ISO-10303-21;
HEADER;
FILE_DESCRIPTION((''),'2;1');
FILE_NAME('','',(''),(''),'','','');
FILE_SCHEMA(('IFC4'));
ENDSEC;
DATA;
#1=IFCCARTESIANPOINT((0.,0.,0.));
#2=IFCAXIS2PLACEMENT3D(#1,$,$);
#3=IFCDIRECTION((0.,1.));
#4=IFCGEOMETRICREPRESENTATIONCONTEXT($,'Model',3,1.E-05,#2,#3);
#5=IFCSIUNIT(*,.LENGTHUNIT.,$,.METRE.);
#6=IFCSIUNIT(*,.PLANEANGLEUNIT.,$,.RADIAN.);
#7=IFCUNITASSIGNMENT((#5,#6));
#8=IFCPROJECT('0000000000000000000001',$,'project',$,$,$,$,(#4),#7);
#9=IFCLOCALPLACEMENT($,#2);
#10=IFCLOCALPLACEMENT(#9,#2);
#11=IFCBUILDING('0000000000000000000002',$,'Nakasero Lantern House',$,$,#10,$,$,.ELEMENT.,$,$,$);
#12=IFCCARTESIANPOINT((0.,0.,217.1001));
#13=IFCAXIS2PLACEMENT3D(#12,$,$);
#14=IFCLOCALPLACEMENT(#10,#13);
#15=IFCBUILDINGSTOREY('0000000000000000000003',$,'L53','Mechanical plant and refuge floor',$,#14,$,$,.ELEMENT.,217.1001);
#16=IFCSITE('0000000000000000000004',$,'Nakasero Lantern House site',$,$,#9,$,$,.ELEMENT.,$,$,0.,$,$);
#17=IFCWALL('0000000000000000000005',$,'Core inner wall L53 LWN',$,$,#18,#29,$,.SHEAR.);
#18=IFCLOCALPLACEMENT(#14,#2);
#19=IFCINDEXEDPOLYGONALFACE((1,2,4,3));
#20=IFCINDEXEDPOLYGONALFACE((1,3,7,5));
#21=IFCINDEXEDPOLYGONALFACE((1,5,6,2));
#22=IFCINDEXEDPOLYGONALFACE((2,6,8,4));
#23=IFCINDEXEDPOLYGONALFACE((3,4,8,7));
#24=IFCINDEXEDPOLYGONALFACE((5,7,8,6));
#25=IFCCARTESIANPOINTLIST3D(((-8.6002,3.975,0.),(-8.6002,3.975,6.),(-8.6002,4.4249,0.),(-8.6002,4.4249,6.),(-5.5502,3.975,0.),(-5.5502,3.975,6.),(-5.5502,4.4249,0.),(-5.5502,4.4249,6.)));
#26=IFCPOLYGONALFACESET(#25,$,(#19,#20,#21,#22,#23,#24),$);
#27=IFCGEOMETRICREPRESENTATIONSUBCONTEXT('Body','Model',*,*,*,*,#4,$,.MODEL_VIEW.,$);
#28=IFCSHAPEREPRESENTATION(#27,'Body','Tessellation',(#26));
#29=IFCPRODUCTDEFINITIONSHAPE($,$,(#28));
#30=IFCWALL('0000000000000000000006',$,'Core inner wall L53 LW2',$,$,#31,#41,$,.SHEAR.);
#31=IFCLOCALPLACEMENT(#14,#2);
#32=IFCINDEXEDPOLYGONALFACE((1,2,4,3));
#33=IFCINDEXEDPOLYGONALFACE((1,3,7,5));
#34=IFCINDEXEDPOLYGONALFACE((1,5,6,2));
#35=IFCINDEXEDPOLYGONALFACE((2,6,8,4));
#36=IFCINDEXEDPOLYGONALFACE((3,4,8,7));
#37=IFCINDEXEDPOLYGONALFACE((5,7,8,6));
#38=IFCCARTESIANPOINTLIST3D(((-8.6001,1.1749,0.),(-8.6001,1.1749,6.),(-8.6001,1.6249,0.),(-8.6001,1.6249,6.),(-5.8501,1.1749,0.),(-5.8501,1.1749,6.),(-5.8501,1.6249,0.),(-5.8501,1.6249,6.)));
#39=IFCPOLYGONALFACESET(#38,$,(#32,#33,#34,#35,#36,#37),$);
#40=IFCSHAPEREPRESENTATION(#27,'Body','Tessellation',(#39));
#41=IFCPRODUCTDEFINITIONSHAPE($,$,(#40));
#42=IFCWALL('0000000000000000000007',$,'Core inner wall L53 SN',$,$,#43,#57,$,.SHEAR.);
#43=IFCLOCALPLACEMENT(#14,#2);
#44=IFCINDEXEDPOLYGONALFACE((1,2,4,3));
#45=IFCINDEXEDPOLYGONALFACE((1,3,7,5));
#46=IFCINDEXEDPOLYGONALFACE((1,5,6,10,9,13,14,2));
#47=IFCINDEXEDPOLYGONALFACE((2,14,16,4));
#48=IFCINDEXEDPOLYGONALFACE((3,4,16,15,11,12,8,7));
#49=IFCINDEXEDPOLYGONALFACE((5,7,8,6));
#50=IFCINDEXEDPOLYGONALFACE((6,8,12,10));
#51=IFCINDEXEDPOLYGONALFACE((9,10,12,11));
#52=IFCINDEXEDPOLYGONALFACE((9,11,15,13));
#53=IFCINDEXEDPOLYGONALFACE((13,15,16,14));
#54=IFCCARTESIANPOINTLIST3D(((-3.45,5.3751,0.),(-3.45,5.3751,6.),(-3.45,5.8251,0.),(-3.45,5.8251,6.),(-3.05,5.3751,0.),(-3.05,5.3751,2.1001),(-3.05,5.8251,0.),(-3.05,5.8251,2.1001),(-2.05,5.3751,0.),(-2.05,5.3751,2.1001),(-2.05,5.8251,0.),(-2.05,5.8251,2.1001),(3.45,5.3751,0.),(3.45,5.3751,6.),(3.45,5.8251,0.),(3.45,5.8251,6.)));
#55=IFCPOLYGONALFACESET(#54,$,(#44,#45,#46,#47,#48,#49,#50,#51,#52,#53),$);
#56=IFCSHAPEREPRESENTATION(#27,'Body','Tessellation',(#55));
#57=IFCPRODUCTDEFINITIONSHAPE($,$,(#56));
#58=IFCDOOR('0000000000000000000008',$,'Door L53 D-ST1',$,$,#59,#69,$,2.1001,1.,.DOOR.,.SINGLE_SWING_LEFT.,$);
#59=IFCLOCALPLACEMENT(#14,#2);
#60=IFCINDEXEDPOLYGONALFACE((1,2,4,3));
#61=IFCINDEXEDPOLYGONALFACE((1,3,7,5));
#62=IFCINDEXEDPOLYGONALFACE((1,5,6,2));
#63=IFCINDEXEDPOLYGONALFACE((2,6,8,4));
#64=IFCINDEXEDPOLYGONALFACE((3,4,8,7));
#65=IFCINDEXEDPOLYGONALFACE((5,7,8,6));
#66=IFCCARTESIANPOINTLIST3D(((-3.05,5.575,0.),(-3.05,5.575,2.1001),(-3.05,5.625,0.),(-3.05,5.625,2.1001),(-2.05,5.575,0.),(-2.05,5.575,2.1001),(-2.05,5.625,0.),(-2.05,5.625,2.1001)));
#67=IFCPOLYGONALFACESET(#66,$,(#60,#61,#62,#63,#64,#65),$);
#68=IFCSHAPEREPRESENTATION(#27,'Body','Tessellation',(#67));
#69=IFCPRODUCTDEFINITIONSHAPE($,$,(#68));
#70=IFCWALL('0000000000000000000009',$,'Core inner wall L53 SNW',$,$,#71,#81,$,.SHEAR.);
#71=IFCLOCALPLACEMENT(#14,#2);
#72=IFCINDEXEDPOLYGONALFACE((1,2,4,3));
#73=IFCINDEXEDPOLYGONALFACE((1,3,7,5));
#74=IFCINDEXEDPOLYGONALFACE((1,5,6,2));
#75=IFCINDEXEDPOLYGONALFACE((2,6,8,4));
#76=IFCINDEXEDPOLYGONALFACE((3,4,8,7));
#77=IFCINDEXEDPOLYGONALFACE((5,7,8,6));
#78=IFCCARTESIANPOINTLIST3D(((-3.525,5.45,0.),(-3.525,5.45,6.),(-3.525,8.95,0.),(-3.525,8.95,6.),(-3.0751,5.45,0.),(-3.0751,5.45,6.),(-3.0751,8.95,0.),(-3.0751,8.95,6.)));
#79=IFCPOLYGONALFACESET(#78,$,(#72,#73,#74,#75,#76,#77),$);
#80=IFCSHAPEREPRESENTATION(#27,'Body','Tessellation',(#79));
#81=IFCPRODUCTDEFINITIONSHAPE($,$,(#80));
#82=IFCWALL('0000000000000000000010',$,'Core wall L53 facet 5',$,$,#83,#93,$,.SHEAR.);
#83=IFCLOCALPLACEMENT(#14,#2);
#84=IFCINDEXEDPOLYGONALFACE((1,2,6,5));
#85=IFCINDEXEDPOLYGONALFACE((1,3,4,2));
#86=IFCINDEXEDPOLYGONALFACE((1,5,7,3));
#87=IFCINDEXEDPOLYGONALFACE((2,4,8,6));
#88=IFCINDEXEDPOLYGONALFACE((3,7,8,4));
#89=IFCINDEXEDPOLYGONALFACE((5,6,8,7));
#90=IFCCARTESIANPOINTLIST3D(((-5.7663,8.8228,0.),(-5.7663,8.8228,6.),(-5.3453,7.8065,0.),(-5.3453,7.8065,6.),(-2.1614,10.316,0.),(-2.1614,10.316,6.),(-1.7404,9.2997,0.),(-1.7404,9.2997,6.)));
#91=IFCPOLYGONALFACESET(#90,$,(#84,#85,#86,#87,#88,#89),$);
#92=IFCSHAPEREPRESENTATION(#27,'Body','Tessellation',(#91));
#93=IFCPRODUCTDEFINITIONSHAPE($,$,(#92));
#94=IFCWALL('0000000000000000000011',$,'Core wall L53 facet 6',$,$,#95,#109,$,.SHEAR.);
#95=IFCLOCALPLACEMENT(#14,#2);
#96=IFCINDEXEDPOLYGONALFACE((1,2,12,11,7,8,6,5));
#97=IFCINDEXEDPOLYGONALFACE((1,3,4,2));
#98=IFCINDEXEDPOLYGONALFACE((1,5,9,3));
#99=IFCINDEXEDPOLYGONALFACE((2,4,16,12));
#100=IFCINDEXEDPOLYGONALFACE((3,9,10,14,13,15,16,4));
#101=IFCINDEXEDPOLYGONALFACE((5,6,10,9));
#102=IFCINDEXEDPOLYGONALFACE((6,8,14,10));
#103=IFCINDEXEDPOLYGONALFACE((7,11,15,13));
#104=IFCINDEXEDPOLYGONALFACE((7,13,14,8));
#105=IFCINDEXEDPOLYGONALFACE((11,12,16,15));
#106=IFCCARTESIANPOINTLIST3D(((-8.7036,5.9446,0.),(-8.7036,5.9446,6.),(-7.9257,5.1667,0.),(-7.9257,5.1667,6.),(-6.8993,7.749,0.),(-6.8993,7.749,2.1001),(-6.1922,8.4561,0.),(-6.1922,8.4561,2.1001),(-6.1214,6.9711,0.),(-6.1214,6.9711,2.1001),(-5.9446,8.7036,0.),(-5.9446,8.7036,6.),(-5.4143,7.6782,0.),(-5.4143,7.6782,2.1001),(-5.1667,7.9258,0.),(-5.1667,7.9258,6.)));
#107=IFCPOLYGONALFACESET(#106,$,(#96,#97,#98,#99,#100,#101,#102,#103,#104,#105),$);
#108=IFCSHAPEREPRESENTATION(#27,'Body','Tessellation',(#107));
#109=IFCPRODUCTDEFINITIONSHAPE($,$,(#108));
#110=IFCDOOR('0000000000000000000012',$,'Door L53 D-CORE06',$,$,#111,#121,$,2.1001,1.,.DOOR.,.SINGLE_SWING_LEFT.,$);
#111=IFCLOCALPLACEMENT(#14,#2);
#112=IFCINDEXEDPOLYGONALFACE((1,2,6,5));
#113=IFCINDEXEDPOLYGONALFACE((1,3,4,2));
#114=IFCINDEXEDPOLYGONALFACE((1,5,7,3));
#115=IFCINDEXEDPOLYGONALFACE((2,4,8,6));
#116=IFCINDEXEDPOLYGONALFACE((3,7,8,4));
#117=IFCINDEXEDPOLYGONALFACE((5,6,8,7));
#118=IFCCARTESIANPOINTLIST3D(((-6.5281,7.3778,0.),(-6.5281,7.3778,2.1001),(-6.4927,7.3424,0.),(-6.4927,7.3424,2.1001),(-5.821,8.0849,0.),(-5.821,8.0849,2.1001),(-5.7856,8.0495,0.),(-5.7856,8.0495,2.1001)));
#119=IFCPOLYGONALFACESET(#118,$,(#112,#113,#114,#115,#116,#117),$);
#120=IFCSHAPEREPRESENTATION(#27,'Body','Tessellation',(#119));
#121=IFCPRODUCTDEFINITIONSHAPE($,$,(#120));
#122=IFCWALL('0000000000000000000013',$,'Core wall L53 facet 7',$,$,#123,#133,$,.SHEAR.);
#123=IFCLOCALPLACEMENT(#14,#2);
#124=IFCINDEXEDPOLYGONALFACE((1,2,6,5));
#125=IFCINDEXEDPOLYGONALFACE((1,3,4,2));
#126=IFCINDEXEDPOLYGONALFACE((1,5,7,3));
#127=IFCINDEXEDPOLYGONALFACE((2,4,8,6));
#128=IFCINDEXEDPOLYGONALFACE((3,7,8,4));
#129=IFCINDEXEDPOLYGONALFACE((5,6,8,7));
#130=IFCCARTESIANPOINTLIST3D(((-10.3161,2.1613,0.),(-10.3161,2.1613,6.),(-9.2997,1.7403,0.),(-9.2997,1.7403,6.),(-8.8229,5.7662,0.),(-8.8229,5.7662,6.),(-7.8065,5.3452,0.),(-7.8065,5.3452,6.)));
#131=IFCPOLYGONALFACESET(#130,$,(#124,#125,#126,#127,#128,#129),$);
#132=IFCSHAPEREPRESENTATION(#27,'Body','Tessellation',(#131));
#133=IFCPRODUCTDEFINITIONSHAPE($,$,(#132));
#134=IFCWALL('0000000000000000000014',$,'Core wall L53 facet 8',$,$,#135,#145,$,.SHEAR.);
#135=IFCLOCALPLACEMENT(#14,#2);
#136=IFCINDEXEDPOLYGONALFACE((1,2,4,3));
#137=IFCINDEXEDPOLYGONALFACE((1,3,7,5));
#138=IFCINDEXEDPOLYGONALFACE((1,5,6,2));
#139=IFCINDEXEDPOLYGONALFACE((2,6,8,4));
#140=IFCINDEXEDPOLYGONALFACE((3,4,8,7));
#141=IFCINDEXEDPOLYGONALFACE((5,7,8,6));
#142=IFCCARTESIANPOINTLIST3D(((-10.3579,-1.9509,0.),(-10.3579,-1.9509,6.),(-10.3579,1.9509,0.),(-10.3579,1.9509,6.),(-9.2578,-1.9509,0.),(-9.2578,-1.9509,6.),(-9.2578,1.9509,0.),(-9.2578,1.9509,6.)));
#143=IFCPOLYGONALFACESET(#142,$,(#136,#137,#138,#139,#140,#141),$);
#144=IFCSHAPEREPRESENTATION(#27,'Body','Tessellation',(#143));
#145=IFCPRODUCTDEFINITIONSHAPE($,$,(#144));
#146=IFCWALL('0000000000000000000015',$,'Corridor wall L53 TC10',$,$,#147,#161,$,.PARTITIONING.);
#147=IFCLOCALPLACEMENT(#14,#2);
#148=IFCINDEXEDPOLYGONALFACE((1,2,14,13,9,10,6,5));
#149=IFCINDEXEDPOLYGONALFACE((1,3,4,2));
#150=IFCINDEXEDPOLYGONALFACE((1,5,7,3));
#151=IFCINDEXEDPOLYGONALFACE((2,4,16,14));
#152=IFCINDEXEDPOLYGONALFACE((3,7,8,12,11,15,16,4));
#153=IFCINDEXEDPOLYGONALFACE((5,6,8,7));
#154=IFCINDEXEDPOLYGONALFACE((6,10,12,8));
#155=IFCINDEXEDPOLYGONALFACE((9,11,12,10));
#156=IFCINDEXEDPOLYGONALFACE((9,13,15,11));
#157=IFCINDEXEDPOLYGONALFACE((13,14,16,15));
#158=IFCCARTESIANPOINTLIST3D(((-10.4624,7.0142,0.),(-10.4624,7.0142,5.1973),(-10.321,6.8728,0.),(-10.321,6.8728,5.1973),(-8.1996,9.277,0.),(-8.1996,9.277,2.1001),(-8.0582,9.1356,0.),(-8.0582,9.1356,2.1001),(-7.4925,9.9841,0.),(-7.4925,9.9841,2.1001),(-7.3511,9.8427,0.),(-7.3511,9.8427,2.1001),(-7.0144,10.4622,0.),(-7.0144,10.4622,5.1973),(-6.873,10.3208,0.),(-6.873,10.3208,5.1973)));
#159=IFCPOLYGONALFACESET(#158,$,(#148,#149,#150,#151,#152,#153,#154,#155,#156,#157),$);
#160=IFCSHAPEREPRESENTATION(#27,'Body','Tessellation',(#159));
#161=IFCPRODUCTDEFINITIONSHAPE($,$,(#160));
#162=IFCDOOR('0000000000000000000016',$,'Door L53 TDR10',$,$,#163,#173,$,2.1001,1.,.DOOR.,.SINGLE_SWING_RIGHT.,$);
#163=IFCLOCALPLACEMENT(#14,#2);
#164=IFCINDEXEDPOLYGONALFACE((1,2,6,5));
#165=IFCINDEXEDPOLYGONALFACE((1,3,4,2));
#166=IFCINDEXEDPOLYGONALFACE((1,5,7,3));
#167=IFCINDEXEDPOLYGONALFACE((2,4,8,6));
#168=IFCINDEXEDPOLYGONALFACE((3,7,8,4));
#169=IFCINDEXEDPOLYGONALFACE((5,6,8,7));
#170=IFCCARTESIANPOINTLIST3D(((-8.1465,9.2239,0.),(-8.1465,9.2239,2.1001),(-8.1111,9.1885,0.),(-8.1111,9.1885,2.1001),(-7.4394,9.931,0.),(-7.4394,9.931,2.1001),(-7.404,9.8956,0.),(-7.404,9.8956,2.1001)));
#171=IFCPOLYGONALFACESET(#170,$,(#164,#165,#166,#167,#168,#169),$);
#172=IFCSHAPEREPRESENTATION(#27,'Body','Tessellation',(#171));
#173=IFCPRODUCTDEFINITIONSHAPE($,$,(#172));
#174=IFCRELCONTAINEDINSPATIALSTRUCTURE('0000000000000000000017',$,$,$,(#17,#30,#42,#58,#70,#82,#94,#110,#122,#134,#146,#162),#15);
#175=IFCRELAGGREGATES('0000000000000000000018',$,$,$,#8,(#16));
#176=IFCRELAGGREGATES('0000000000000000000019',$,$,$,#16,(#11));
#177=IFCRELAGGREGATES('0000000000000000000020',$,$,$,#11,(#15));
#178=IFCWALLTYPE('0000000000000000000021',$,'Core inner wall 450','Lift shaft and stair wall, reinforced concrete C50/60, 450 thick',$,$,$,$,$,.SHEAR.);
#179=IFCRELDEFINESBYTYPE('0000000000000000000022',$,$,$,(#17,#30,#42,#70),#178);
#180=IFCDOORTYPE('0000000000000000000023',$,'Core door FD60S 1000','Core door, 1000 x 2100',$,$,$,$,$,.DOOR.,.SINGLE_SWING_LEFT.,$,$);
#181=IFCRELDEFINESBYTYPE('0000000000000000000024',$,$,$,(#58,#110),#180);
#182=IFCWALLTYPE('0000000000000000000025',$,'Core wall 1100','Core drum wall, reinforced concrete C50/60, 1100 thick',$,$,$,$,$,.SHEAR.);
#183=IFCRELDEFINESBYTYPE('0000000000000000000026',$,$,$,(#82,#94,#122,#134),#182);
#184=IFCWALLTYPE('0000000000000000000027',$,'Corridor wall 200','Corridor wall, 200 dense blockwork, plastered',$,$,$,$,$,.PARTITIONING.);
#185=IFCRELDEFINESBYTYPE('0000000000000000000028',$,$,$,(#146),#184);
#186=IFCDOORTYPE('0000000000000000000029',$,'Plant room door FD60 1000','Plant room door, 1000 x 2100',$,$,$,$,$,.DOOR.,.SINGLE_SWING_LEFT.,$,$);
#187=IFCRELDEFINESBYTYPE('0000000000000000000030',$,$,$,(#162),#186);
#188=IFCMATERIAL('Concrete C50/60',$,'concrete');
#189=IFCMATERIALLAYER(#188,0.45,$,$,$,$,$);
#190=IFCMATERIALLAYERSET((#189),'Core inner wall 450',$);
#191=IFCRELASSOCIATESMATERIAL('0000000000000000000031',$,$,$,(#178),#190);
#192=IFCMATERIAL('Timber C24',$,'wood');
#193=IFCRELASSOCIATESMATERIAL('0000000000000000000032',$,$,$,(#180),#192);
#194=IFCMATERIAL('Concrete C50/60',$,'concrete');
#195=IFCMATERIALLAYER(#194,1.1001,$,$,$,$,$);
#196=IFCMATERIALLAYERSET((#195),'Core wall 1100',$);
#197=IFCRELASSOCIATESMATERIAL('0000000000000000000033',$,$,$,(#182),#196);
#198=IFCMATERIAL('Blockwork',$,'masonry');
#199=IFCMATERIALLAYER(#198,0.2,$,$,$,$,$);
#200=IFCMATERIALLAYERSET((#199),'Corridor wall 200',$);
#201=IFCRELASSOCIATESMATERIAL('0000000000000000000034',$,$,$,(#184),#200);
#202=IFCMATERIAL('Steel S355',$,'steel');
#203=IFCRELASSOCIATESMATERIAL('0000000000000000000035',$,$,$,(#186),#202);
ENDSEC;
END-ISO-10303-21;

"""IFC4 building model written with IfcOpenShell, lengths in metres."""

from ifc_helpers import new_model, si_unit, direction, frame, frame_2d, origin, place, context, subcontext, project, spatial, rectangle, extrude, material, layer, layer_set, type_object, element, fill, save


model = new_model("IFC4")

# Units and contexts
model_context = context("Model", 3, precision=1e-05, world=origin(), true_north=direction((0.0, 1.0)))
body_context = subcontext(model_context, "Body", "Model", "MODEL_VIEW")
ifc_project = project(units=[si_unit("LENGTHUNIT", "METRE"), si_unit("PLANEANGLEUNIT", "RADIAN")], contexts=[model_context])

# Site, building, storey
site_placement = place(None, origin())
site = spatial("IfcSite", under=ifc_project, at=site_placement, Name="Nakasero Lantern House site", CompositionType="ELEMENT", RefElevation=0.0)
building_placement = place(site_placement, origin())
building = spatial("IfcBuilding", under=site, at=building_placement, Name="Nakasero Lantern House", CompositionType="ELEMENT")
storey_placement = place(building_placement, frame((0.0, 0.0, 217.1001)))
storey = spatial("IfcBuildingStorey", under=building, at=storey_placement, Name="L53", Description="Mechanical plant and refuge floor", CompositionType="ELEMENT", Elevation=217.1001)

# Walls
ifc_material_1 = material(Name="Concrete C50/60", Category="concrete")
ifc_layer_1 = layer(ifc_material_1, 0.45)
ifc_layer_set_1 = layer_set([ifc_layer_1], Name="Core inner wall 450")
wall_type_1 = type_object("IfcWallType", Name="Core inner wall 450", Description="Lift shaft and stair wall, reinforced concrete C50/60, 450 thick", PredefinedType="SHEAR", material=ifc_layer_set_1)
wall_1_placement = place(storey_placement, frame((-8.6001, 4.2, 0.0), z_axis=(0.0, 0.0, 1.0), x_axis=(1.0, 0.0, 0.0)))
element("IfcWall", 1, at=wall_1_placement, inside=storey, type_object=wall_type_1, Name="Core inner wall L53 LWN", PredefinedType="SHEAR", context=body_context, shape_type="SweptSolid", body=[
    extrude(rectangle(XDim=3.05, YDim=0.45, at=frame_2d((1.5249, 0.0))), origin(), (0.0, 0.0, 1.0), 6.0),
])
wall_2_placement = place(storey_placement, frame((-8.6001, 1.3999, 0.0), z_axis=(0.0, 0.0, 1.0), x_axis=(1.0, 0.0, 0.0)))
element("IfcWall", 2, at=wall_2_placement, inside=storey, type_object=wall_type_1, Name="Core inner wall L53 LW2", PredefinedType="SHEAR", context=body_context, shape_type="SweptSolid", body=[
    extrude(rectangle(XDim=2.75, YDim=0.45, at=frame_2d((1.375, 0.0))), origin(), (0.0, 0.0, 1.0), 6.0),
])

# Wall, opening, door
wall_3_placement = place(storey_placement, frame((-3.45, 5.6001, 0.0), z_axis=(0.0, 0.0, 1.0), x_axis=(1.0, 0.0, 0.0)))
wall_3 = element("IfcWall", 3, at=wall_3_placement, inside=storey, type_object=wall_type_1, Name="Core inner wall L53 SN", PredefinedType="SHEAR", context=body_context, shape_type="SweptSolid", body=[
    extrude(rectangle(XDim=6.8999, YDim=0.45, at=frame_2d((3.45, 0.0))), origin(), (0.0, 0.0, 1.0), 6.0),
])
opening_1_placement = place(wall_3_placement, frame((0.3999, 0.0, 0.0)))
opening_1 = element("IfcOpeningElement", 4, at=opening_1_placement, cuts=wall_3, PredefinedType="OPENING", context=body_context, shape_type="SweptSolid", body=[
    extrude(rectangle(XDim=1.0, YDim=2.1001, at=frame_2d((0.5, 1.05))), frame((0.0, 0.2449, 0.0), z_axis=(0.0, -1.0, 0.0), x_axis=(1.0, 0.0, 0.0)), (0.0, 0.0, 1.0), 0.49),
])
ifc_material_2 = material(Name="Timber C24", Category="wood")
door_type_1 = type_object("IfcDoorType", Name="Core door FD60S 1000", Description="Core door, 1000 x 2100", OperationType="SINGLE_SWING_LEFT", PredefinedType="DOOR", material=ifc_material_2)
door_1_placement = place(opening_1_placement, origin())
door_1 = element("IfcDoor", 5, at=door_1_placement, inside=storey, type_object=door_type_1, Name="Door L53 D-ST1", OperationType="SINGLE_SWING_LEFT", OverallHeight=2.1001, OverallWidth=1.0, PredefinedType="DOOR", context=body_context, shape_type="SweptSolid", body=[
    extrude(rectangle(XDim=1.0, YDim=2.1001, at=frame_2d((0.5, 1.05))), frame((0.0, 0.0249, 0.0), z_axis=(0.0, -1.0, 0.0), x_axis=(1.0, 0.0, 0.0)), (0.0, 0.0, 1.0), 0.05),
])
fill(opening_1, door_1)

# Walls
wall_4_placement = place(storey_placement, frame((-3.3, 5.45, 0.0), z_axis=(0.0, 0.0, 1.0), x_axis=(0.0, 1.0, 0.0)))
element("IfcWall", 6, at=wall_4_placement, inside=storey, type_object=wall_type_1, Name="Core inner wall L53 SNW", PredefinedType="SHEAR", context=body_context, shape_type="SweptSolid", body=[
    extrude(rectangle(XDim=3.5, YDim=0.45, at=frame_2d((1.75, 0.0))), origin(), (0.0, 0.0, 1.0), 6.0),
])
ifc_material_3 = material(Name="Concrete C50/60", Category="concrete")
ifc_layer_2 = layer(ifc_material_3, 1.1001)
ifc_layer_set_2 = layer_set([ifc_layer_2], Name="Core wall 1100")
wall_type_2 = type_object("IfcWallType", Name="Core wall 1100", Description="Core drum wall, reinforced concrete C50/60, 1100 thick", PredefinedType="SHEAR", material=ifc_layer_set_2)
wall_5_placement = place(storey_placement, frame((-1.9509, 9.8079, 0.0), z_axis=(0.0, 0.0, 1.0), x_axis=(-0.923877, -0.382691, 0.0)))
element("IfcWall", 7, at=wall_5_placement, inside=storey, type_object=wall_type_2, Name="Core wall L53 facet 5", PredefinedType="SHEAR", context=body_context, shape_type="SweptSolid", body=[
    extrude(rectangle(XDim=3.9019, YDim=1.1001, at=frame_2d((1.9509, 0.0))), origin(), (0.0, 0.0, 1.0), 6.0),
])

# Wall, opening, door
wall_6_placement = place(storey_placement, frame((-5.5557, 8.3147, 0.0), z_axis=(0.0, 0.0, 1.0), x_axis=(-0.707107, -0.707107, 0.0)))
wall_6 = element("IfcWall", 8, at=wall_6_placement, inside=storey, type_object=wall_type_2, Name="Core wall L53 facet 6", PredefinedType="SHEAR", context=body_context, shape_type="SweptSolid", body=[
    extrude(rectangle(XDim=3.9019, YDim=1.1001, at=frame_2d((1.9509, 0.0))), origin(), (0.0, 0.0, 1.0), 6.0),
])
opening_2_placement = place(wall_6_placement, frame((0.3501, 0.0, 0.0)))
opening_2 = element("IfcOpeningElement", 9, at=opening_2_placement, cuts=wall_6, PredefinedType="OPENING", context=body_context, shape_type="SweptSolid", body=[
    extrude(rectangle(XDim=1.0, YDim=2.1001, at=frame_2d((0.5, 1.05))), frame((0.0, 0.5701, 0.0), z_axis=(0.0, -1.0, 0.0), x_axis=(1.0, 0.0, 0.0)), (0.0, 0.0, 1.0), 1.1401),
])
door_2_placement = place(opening_2_placement, origin())
door_2 = element("IfcDoor", 10, at=door_2_placement, inside=storey, type_object=door_type_1, Name="Door L53 D-CORE06", OperationType="SINGLE_SWING_LEFT", OverallHeight=2.1001, OverallWidth=1.0, PredefinedType="DOOR", context=body_context, shape_type="SweptSolid", body=[
    extrude(rectangle(XDim=1.0, YDim=2.1001, at=frame_2d((0.5, 1.05))), frame((0.0, 0.0249, 0.0), z_axis=(0.0, -1.0, 0.0), x_axis=(1.0, 0.0, 0.0)), (0.0, 0.0, 1.0), 0.05),
])
fill(opening_2, door_2)

# Walls
for number, where, z_axis, x_axis, name in (
    (11, (-8.3147, 5.5557, 0.0), (0.0, 0.0, 1.0), (-0.382691, -0.923877, 0.0), "Core wall L53 facet 7"),
    (12, (-9.8079, 1.9509, 0.0), (0.0, 0.0, 1.0), (0.0, -1.0, 0.0), "Core wall L53 facet 8"),
):
    element("IfcWall", number, at=place(storey_placement, frame(where, z_axis=z_axis, x_axis=x_axis)), inside=storey, type_object=wall_type_2, Name=name, PredefinedType="SHEAR", context=body_context, shape_type="SweptSolid", body=[
        extrude(rectangle(XDim=3.9019, YDim=1.1001, at=frame_2d((1.9509, 0.0))), origin(), (0.0, 0.0, 1.0), 6.0),
    ])

# Wall, opening, door
ifc_material_4 = material(Name="Blockwork", Category="masonry")
ifc_layer_3 = layer(ifc_material_4, 0.2)
ifc_layer_set_3 = layer_set([ifc_layer_3], Name="Corridor wall 200")
wall_type_3 = type_object("IfcWallType", Name="Corridor wall 200", Description="Corridor wall, 200 dense blockwork, plastered", PredefinedType="PARTITIONING", material=ifc_layer_set_3)
wall_7_placement = place(storey_placement, frame((-10.3916, 6.9436, 0.0), z_axis=(0.0, 0.0, 1.0), x_axis=(0.707107, 0.707107, 0.0)))
wall_7 = element("IfcWall", 13, at=wall_7_placement, inside=storey, type_object=wall_type_3, Name="Corridor wall L53 TC10", PredefinedType="PARTITIONING", context=body_context, shape_type="SweptSolid", body=[
    extrude(rectangle(XDim=4.8762, YDim=0.2, at=frame_2d((2.438, 0.0))), origin(), (0.0, 0.0, 1.0), 5.1973),
])
opening_3_placement = place(wall_7_placement, frame((3.2, 0.0, 0.0)))
opening_3 = element("IfcOpeningElement", 14, at=opening_3_placement, cuts=wall_7, PredefinedType="OPENING", context=body_context, shape_type="SweptSolid", body=[
    extrude(rectangle(XDim=1.0, YDim=2.1001, at=frame_2d((0.5, 1.05))), frame((0.0, 0.1199, 0.0), z_axis=(0.0, -1.0, 0.0), x_axis=(1.0, 0.0, 0.0)), (0.0, 0.0, 1.0), 0.24),
])
ifc_material_5 = material(Name="Steel S355", Category="steel")
door_type_2 = type_object("IfcDoorType", Name="Plant room door FD60 1000", Description="Plant room door, 1000 x 2100", OperationType="SINGLE_SWING_LEFT", PredefinedType="DOOR", material=ifc_material_5)
door_3_placement = place(opening_3_placement, origin())
door_3 = element("IfcDoor", 15, at=door_3_placement, inside=storey, type_object=door_type_2, Name="Door L53 TDR10", OperationType="SINGLE_SWING_RIGHT", OverallHeight=2.1001, OverallWidth=1.0, PredefinedType="DOOR", context=body_context, shape_type="SweptSolid", body=[
    extrude(rectangle(XDim=1.0, YDim=2.1001, at=frame_2d((0.5, 1.05))), frame((0.0, 0.0249, 0.0), z_axis=(0.0, -1.0, 0.0), x_axis=(1.0, 0.0, 0.0)), (0.0, 0.0, 1.0), 0.05),
])
fill(opening_3, door_3)

save(model, "model.ifc")
